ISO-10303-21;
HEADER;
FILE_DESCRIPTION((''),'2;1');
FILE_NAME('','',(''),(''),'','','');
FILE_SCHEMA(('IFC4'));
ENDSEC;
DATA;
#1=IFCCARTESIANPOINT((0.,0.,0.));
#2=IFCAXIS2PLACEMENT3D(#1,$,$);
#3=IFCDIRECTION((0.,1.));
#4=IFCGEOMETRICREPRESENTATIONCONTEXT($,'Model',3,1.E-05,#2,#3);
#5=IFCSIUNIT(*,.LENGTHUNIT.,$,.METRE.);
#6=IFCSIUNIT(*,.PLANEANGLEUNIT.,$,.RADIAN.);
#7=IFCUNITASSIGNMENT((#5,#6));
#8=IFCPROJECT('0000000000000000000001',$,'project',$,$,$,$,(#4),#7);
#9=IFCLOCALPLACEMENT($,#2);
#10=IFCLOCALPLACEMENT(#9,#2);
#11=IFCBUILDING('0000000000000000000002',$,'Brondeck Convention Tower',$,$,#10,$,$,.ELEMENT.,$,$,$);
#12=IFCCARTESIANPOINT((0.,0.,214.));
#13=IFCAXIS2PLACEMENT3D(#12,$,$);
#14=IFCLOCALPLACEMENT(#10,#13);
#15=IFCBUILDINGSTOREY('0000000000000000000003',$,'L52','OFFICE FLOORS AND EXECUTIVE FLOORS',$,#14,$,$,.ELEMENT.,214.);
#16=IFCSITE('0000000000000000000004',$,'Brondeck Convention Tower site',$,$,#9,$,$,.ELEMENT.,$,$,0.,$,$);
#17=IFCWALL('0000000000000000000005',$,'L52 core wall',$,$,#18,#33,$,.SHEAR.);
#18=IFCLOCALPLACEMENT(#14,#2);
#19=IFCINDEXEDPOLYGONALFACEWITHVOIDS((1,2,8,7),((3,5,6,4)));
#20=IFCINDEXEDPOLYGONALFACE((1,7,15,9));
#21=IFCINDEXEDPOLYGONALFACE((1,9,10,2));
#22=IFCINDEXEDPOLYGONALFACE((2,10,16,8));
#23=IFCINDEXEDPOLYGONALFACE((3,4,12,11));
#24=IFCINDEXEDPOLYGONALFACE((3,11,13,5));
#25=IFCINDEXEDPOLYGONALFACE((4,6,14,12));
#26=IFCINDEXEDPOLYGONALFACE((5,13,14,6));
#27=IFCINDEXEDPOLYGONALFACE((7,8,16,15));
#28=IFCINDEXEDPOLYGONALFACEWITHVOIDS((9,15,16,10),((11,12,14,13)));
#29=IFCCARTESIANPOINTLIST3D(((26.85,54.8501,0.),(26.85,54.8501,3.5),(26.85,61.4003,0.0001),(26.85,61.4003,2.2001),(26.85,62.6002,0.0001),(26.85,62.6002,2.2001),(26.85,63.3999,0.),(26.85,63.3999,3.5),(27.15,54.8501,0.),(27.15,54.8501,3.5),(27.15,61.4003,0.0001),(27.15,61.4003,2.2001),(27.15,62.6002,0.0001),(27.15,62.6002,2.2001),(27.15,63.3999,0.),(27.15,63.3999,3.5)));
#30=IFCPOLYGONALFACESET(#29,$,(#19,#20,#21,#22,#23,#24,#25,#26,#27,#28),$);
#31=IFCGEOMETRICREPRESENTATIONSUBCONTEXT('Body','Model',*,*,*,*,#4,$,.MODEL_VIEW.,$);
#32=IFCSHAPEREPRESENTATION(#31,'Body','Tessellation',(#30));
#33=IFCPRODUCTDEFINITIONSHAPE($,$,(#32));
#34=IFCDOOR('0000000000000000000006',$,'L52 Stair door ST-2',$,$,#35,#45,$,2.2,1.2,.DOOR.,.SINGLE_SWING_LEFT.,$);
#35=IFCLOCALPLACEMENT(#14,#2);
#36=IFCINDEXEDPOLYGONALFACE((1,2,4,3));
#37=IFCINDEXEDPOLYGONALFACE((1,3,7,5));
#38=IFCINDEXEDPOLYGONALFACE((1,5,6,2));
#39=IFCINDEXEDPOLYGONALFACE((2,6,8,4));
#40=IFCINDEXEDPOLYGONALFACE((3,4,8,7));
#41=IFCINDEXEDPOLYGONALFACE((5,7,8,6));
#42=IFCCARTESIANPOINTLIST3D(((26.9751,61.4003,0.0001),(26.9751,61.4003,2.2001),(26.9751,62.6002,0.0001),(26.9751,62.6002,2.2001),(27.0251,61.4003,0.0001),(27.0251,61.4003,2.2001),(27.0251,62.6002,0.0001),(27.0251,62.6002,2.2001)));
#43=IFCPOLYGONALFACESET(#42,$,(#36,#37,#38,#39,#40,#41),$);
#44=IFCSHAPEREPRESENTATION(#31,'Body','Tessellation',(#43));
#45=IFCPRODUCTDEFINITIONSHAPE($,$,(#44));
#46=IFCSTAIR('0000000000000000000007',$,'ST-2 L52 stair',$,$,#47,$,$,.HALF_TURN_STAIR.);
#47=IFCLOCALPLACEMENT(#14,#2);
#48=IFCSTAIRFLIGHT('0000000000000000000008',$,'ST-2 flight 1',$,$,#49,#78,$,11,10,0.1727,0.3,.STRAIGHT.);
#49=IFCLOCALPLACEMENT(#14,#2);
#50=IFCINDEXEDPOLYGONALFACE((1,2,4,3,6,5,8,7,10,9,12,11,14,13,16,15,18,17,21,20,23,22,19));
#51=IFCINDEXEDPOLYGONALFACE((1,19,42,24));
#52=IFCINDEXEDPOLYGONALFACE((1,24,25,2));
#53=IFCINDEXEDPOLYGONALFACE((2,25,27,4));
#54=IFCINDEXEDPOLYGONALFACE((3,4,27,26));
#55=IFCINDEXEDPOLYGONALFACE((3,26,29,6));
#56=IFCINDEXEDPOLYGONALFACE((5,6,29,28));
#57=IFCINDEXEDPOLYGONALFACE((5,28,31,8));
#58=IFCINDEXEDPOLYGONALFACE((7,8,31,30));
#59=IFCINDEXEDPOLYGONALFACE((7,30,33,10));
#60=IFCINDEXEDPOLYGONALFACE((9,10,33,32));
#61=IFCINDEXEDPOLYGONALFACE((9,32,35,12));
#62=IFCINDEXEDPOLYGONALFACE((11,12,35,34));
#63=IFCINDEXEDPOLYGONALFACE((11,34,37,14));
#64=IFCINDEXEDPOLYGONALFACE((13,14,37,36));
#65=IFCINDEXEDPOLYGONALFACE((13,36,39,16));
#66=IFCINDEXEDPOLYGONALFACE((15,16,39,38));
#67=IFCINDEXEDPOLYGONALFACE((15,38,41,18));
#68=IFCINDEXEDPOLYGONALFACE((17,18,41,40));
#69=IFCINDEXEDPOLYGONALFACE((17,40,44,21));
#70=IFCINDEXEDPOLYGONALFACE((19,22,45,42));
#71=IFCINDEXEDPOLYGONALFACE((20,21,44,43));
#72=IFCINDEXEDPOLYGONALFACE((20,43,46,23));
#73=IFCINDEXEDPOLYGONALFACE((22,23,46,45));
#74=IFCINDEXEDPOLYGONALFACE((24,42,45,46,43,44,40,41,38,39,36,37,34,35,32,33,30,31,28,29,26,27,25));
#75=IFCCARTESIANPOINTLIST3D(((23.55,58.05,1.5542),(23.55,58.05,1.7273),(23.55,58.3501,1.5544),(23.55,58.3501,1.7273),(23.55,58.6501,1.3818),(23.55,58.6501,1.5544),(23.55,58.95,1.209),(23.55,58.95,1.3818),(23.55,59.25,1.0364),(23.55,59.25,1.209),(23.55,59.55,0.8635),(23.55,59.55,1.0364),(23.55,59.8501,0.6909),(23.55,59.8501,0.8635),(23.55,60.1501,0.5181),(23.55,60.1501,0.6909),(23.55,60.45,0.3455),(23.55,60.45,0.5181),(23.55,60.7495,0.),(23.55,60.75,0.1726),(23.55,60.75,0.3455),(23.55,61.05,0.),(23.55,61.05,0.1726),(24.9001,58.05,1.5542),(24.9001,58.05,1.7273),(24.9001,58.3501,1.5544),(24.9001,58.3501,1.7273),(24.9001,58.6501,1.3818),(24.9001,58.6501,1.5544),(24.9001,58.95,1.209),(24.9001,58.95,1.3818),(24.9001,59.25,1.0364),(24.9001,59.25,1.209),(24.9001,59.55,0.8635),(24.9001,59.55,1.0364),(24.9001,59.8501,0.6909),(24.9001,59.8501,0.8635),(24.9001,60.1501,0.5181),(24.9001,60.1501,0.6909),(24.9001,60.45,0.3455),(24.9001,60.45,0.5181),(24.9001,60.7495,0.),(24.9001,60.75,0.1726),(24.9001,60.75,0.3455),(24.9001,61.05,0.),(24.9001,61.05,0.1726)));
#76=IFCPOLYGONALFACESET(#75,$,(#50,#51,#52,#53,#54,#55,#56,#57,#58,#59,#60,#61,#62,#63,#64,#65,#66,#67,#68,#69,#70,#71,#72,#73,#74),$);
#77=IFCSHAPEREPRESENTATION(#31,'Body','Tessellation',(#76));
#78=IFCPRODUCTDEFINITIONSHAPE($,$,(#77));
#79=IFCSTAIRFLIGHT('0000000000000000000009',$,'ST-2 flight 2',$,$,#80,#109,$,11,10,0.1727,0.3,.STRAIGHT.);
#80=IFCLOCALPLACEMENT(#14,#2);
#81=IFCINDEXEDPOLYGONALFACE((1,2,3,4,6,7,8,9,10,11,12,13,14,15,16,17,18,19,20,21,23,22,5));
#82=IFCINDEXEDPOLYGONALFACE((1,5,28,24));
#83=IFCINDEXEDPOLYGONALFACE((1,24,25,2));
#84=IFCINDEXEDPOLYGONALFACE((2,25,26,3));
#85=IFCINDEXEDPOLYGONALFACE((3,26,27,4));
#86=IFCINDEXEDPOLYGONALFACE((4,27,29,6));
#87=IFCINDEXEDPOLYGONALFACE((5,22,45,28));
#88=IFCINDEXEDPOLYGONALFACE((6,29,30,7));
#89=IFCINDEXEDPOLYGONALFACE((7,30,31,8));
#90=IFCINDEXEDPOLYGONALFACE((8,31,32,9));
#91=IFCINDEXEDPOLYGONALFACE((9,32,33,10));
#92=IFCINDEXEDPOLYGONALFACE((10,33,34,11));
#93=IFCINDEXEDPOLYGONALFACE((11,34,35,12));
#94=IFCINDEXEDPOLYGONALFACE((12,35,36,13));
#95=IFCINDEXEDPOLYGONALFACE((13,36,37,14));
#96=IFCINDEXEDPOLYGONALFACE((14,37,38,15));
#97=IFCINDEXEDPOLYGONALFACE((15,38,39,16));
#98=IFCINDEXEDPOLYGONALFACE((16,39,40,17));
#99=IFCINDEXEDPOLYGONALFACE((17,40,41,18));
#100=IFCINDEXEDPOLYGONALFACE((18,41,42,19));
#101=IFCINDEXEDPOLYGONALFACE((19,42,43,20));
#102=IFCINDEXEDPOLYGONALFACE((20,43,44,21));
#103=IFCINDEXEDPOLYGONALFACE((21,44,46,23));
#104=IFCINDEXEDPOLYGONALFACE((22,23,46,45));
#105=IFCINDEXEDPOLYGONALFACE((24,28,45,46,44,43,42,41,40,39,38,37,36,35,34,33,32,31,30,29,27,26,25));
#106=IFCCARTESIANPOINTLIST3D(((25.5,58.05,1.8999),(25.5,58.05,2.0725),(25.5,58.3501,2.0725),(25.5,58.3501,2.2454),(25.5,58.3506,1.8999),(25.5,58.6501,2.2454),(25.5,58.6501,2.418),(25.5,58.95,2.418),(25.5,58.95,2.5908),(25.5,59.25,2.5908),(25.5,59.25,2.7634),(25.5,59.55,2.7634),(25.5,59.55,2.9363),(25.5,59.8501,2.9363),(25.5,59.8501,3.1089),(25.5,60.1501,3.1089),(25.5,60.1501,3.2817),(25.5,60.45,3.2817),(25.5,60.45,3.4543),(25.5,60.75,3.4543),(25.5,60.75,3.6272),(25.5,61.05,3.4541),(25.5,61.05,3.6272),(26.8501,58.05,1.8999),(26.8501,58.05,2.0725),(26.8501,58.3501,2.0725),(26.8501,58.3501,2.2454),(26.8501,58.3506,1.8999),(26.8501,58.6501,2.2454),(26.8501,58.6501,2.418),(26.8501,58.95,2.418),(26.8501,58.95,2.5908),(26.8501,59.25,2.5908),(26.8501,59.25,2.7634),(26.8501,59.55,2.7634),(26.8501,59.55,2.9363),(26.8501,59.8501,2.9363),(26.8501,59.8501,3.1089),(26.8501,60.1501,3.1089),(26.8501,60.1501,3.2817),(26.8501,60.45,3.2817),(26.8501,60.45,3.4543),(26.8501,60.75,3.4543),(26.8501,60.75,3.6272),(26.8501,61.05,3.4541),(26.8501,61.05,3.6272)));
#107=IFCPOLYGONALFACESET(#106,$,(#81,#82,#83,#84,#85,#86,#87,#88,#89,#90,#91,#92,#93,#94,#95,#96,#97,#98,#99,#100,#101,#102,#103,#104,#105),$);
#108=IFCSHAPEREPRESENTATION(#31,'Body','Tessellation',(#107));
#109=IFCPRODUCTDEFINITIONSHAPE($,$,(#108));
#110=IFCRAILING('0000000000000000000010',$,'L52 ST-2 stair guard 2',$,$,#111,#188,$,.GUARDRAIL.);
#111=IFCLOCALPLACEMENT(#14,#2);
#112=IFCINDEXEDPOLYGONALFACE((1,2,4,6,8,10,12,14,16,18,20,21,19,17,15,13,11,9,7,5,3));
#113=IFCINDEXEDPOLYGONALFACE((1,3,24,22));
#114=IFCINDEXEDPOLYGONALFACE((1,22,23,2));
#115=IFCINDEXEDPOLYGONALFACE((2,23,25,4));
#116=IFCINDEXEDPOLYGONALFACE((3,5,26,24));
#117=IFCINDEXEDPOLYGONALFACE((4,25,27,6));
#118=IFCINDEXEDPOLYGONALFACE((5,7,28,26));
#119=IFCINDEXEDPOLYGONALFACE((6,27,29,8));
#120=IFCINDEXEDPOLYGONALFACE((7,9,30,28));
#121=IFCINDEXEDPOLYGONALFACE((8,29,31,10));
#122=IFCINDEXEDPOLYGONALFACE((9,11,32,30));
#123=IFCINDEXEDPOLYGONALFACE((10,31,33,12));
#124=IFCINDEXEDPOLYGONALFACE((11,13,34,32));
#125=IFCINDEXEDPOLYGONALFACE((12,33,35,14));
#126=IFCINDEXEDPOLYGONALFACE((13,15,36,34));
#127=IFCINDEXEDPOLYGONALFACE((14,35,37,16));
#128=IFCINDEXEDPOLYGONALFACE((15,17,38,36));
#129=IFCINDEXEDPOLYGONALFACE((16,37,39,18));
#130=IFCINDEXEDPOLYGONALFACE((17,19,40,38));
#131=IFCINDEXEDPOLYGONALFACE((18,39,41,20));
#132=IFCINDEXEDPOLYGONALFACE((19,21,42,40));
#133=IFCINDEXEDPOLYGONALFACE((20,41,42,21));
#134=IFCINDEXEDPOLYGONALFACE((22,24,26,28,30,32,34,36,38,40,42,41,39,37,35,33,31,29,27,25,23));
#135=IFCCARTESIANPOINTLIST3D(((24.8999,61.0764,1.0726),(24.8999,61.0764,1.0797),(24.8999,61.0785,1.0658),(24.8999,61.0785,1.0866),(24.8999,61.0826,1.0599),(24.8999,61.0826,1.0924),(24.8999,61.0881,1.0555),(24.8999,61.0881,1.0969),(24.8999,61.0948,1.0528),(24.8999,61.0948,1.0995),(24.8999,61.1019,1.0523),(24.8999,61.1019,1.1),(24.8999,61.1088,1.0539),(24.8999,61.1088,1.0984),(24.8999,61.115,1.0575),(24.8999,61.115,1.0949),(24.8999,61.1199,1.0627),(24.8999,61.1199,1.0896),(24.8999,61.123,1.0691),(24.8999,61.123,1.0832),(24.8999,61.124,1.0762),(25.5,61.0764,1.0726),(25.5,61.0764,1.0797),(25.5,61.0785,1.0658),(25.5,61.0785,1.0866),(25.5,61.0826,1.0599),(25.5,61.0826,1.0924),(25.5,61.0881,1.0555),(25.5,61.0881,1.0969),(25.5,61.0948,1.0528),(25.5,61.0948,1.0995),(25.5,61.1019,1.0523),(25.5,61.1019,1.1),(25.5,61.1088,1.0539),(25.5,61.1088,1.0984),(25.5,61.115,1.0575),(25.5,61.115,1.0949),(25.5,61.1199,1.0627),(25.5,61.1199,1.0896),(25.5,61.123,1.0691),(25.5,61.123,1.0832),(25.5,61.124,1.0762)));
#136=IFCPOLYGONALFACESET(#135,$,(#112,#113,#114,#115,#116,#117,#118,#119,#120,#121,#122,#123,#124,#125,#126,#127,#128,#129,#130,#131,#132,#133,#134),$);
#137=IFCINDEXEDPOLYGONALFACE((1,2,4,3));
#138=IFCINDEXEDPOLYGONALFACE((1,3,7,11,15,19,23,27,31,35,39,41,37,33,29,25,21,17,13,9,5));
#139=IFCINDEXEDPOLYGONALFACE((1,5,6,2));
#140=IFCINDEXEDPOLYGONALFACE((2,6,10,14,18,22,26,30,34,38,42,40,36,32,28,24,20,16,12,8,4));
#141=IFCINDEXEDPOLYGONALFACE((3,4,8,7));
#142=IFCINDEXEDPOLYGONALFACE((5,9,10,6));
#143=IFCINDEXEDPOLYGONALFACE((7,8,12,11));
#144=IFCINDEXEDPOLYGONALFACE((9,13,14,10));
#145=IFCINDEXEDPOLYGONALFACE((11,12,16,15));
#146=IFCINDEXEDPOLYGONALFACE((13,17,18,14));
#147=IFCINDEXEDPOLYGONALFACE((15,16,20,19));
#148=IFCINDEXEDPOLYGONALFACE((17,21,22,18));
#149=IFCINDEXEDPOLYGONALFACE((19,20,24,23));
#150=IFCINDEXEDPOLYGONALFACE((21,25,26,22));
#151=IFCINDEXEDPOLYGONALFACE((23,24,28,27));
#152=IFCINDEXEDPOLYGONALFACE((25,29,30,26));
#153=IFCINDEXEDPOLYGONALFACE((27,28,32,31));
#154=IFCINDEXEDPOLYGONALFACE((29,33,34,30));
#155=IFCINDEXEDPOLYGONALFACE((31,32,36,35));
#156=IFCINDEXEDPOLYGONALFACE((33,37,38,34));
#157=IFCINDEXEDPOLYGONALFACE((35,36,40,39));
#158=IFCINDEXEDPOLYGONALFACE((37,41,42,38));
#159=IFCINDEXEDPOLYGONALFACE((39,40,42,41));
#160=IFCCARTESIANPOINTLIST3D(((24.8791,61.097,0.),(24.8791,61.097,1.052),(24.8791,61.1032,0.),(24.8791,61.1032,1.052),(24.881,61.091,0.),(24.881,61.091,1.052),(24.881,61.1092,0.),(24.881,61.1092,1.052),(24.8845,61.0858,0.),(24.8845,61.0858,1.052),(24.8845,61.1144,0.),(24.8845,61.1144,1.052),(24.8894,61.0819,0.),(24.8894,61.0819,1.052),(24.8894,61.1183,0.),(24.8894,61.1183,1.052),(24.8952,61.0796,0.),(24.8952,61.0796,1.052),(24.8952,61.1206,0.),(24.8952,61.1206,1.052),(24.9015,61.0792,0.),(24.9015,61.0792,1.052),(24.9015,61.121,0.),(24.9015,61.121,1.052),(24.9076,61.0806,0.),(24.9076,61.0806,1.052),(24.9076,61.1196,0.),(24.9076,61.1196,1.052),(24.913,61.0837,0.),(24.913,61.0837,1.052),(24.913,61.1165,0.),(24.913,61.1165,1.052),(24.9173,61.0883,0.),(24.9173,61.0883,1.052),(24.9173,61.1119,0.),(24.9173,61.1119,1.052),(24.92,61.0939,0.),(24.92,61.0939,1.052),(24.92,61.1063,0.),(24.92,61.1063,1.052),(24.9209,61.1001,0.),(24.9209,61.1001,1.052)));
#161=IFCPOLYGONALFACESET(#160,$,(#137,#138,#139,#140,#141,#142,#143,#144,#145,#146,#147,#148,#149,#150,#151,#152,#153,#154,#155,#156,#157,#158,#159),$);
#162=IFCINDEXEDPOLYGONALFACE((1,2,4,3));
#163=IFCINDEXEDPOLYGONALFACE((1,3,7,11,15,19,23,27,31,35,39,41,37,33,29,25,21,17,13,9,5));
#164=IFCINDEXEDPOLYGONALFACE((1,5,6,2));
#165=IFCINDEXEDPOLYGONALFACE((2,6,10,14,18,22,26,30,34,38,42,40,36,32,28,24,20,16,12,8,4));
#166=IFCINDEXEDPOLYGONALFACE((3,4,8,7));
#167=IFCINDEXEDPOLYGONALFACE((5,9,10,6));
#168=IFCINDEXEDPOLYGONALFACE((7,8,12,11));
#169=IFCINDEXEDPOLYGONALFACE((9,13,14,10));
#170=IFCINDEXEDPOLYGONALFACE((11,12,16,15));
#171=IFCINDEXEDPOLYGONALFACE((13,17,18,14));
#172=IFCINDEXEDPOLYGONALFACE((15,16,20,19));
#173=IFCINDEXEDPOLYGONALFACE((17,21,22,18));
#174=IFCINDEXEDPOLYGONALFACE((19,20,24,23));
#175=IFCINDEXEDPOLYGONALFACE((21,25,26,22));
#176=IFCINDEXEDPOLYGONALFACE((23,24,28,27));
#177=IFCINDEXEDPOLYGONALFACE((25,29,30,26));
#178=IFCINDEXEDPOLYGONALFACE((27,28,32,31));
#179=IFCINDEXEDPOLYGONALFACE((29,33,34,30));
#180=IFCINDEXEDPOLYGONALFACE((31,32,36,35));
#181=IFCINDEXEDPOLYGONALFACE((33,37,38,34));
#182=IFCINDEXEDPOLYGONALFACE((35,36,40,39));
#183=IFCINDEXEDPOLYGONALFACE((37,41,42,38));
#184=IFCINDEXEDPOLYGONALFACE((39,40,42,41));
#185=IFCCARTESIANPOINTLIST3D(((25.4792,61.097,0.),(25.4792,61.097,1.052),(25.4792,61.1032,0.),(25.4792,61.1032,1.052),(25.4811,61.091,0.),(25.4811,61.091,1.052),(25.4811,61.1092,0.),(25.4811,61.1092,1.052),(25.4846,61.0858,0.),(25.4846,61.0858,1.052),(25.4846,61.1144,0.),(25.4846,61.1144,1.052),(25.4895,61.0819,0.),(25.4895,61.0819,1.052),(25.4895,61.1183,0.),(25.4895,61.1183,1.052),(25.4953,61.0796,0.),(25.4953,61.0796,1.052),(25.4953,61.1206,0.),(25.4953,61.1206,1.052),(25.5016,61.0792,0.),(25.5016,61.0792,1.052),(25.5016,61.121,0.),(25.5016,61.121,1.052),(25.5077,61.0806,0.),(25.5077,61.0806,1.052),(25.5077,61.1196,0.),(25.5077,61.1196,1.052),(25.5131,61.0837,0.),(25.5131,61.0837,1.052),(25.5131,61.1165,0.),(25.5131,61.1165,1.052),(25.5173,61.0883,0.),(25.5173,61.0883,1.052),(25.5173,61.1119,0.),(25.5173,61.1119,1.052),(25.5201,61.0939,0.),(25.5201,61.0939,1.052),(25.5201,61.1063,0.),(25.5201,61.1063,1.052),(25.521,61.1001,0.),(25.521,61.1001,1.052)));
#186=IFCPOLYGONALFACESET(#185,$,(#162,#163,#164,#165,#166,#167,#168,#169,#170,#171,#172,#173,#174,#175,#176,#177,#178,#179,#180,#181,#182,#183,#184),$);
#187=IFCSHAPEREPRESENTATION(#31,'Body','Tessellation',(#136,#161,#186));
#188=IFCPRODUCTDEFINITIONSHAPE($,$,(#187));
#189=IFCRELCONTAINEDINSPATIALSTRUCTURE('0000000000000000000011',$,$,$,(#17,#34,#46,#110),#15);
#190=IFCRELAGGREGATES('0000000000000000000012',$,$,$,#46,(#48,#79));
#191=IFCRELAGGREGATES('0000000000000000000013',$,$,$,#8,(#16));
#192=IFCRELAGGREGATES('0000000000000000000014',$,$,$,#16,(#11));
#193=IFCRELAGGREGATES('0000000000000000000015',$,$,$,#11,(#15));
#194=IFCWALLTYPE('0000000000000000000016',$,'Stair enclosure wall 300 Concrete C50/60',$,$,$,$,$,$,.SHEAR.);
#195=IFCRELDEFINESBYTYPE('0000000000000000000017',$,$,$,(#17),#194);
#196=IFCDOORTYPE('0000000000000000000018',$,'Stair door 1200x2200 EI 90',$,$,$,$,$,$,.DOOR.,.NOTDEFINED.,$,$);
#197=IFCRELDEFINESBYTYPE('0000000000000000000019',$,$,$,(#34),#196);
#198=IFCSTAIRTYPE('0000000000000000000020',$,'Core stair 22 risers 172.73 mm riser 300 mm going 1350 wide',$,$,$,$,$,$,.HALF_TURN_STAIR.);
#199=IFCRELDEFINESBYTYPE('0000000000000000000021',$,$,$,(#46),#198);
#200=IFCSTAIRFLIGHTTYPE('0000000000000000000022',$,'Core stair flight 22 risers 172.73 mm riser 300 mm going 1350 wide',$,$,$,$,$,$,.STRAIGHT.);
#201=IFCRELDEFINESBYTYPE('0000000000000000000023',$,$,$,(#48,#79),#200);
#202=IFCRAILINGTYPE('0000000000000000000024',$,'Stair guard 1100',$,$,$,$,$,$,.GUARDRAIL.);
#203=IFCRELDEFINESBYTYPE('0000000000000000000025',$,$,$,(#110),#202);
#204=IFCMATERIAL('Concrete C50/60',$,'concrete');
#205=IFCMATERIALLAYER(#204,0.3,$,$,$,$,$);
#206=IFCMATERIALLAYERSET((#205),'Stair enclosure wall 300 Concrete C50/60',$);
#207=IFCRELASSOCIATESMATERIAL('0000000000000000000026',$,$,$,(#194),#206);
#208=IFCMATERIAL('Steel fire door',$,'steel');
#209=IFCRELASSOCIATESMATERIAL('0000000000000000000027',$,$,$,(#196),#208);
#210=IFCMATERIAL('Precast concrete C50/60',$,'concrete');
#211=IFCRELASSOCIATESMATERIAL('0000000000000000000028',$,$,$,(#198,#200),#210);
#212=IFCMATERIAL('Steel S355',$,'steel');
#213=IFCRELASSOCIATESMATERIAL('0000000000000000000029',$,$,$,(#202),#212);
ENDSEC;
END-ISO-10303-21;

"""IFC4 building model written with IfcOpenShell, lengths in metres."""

from ifc_helpers import new_model, si_unit, direction, frame, frame_2d, origin, origin_2d, place, context, subcontext, project, spatial, polyline, rectangle, circle, outline, extrude, material, layer, layer_set, type_object, element, fill, aggregate, save


model = new_model("IFC4")

# Units and contexts
model_context = context("Model", 3, precision=1e-05, world=origin(), true_north=direction((0.0, 1.0)))
body_context = subcontext(model_context, "Body", "Model", "MODEL_VIEW")
ifc_project = project(units=[si_unit("LENGTHUNIT", "METRE"), si_unit("PLANEANGLEUNIT", "RADIAN")], contexts=[model_context])

# Site, building, storey
site_placement = place(None, origin())
site = spatial("IfcSite", under=ifc_project, at=site_placement, Name="Brondeck Convention Tower site", CompositionType="ELEMENT", RefElevation=0.0)
building_placement = place(site_placement, origin())
building = spatial("IfcBuilding", under=site, at=building_placement, Name="Brondeck Convention Tower", CompositionType="ELEMENT")
storey_placement = place(building_placement, frame((0.0, 0.0, 214.0)))
storey = spatial("IfcBuildingStorey", under=building, at=storey_placement, Name="L52", Description="OFFICE FLOORS AND EXECUTIVE FLOORS", CompositionType="ELEMENT", Elevation=214.0)

# Shared definitions
ifc_material_1 = material(Name="Concrete C50/60", Category="concrete")

# Shared definitions
ifc_material_2 = material(Name="Steel fire door", Category="steel")

# Shared definitions
ifc_layer_1 = layer(ifc_material_1, 0.3)
ifc_layer_set_1 = layer_set([ifc_layer_1], Name="Stair enclosure wall 300 Concrete C50/60")
wall_type_1 = type_object("IfcWallType", Name="Stair enclosure wall 300 Concrete C50/60", PredefinedType="SHEAR", material=ifc_layer_set_1)

# Wall, opening, door
wall_1_placement = place(storey_placement, frame((27.0, 54.8501, 0.0), z_axis=(0.0, 0.0, 1.0), x_axis=(0.0, 1.0, 0.0)))
wall_1 = element("IfcWall", 1, at=wall_1_placement, inside=storey, type_object=wall_type_1, Name="L52 core wall", PredefinedType="SHEAR", context=body_context, shape_type="SweptSolid", body=[
    extrude(rectangle(XDim=8.5498, YDim=0.3, at=frame_2d((4.2749, 0.0))), origin(), (0.0, 0.0, 1.0), 3.5),
])
opening_1_placement = place(wall_1_placement, frame((6.55, 0.0, 0.0)))
opening_1 = element("IfcOpeningElement", 2, at=opening_1_placement, cuts=wall_1, PredefinedType="OPENING", context=body_context, shape_type="SweptSolid", body=[
    extrude(rectangle(XDim=1.2, YDim=2.2, at=frame_2d((0.6001, 1.1001))), frame((0.0, 0.1599, 0.0), z_axis=(0.0, -1.0, 0.0), x_axis=(1.0, 0.0, 0.0)), (0.0, 0.0, 1.0), 0.3201),
])
door_type_1 = type_object("IfcDoorType", Name="Stair door 1200x2200 EI 90", OperationType="NOTDEFINED", PredefinedType="DOOR", material=ifc_material_2)
door_1_placement = place(opening_1_placement, origin())
door_1 = element("IfcDoor", 3, at=door_1_placement, inside=storey, type_object=door_type_1, Name="L52 Stair door ST-2", OperationType="SINGLE_SWING_LEFT", OverallHeight=2.2, OverallWidth=1.2, PredefinedType="DOOR", context=body_context, shape_type="SweptSolid", body=[
    extrude(rectangle(XDim=1.2, YDim=2.2, at=frame_2d((0.6001, 1.1001))), frame((0.0, 0.0249, 0.0), z_axis=(0.0, -1.0, 0.0), x_axis=(1.0, 0.0, 0.0)), (0.0, 0.0, 1.0), 0.05),
])
fill(opening_1, door_1)

# Stair, stair flights
ifc_material_3 = material(Name="Precast concrete C50/60", Category="concrete")
stair_type = type_object("IfcStairType", Name="Core stair 22 risers 172.73 mm riser 300 mm going 1350 wide", PredefinedType="HALF_TURN_STAIR", material=ifc_material_3)
stair_placement = place(storey_placement, origin())
stair = element("IfcStair", 4, at=stair_placement, inside=storey, type_object=stair_type, Name="ST-2 L52 stair", PredefinedType="HALF_TURN_STAIR")
stair_flight_type = type_object("IfcStairFlightType", Name="Core stair flight 22 risers 172.73 mm riser 300 mm going 1350 wide", PredefinedType="STRAIGHT", material=ifc_material_3)
stair_flight_1_placement = place(storey_placement, frame((24.2251, 61.05, 0.0), z_axis=(0.0, 0.0, 1.0), x_axis=(0.0, -1.0, 0.0)))
stair_flight_1 = element("IfcStairFlight", 5, at=stair_flight_1_placement, type_object=stair_flight_type, Name="ST-2 flight 1", NumberOfRisers=11, NumberOfTreads=10, PredefinedType="STRAIGHT", RiserHeight=0.1727, TreadLength=0.3, context=body_context, shape_type="SweptSolid", body=[
    extrude(outline(polyline([(0.0, 0.0), (0.0, 0.1726), (0.3, 0.1726), (0.3, 0.3455), (0.6001, 0.3455), (0.6001, 0.5181), (0.8999, 0.5181), (0.8999, 0.6909), (1.2, 0.6909), (1.2, 0.8635), (1.5, 0.8635), (1.5, 1.0364), (1.8, 1.0364), (1.8, 1.209), (2.1001, 1.209), (2.1001, 1.3818), (2.3999, 1.3818), (2.3999, 1.5544), (2.7, 1.5544), (2.7, 1.7273), (3.0, 1.7273), (3.0, 1.8999), (3.0, 1.5542), (0.3005, 0.0), (0.0, 0.0)])), frame((0.0, 0.675, 0.0), z_axis=(0.0, -1.0, 0.0), x_axis=(1.0, 0.0, 0.0)), (0.0, 0.0, 1.0), 1.3501),
])
stair_flight_2_placement = place(storey_placement, frame((26.175, 58.05, 1.8999), z_axis=(0.0, 0.0, 1.0), x_axis=(0.0, 1.0, 0.0)))
stair_flight_2 = element("IfcStairFlight", 6, at=stair_flight_2_placement, type_object=stair_flight_type, Name="ST-2 flight 2", NumberOfRisers=11, NumberOfTreads=10, PredefinedType="STRAIGHT", RiserHeight=0.1727, TreadLength=0.3, context=body_context, shape_type="SweptSolid", body=[
    extrude(outline(polyline([(0.0, 0.0), (0.0, 0.1726), (0.3, 0.1726), (0.3, 0.3455), (0.6001, 0.3455), (0.6001, 0.5181), (0.8999, 0.5181), (0.8999, 0.6909), (1.2, 0.6909), (1.2, 0.8635), (1.5, 0.8635), (1.5, 1.0364), (1.8, 1.0364), (1.8, 1.209), (2.1001, 1.209), (2.1001, 1.3818), (2.3999, 1.3818), (2.3999, 1.5544), (2.7, 1.5544), (2.7, 1.7273), (3.0, 1.7273), (3.0, 1.8999), (3.0, 1.5542), (0.3005, 0.0), (0.0, 0.0)])), frame((0.0, 0.675, 0.0), z_axis=(0.0, -1.0, 0.0), x_axis=(1.0, 0.0, 0.0)), (0.0, 0.0, 1.0), 1.3501),
])
aggregate(stair, [stair_flight_1, stair_flight_2])

# Railing
ifc_material_4 = material(Name="Steel S355", Category="steel")
railing_type_1 = type_object("IfcRailingType", Name="Stair guard 1100", PredefinedType="GUARDRAIL", material=ifc_material_4)
railing_1_placement = place(storey_placement, frame((24.8999, 61.1001, 0.0)))
element("IfcRailing", 7, at=railing_1_placement, inside=storey, type_object=railing_type_1, Name="L52 ST-2 stair guard 2", PredefinedType="GUARDRAIL", context=body_context, shape_type="SweptSolid", body=[
    extrude(circle(Radius=0.0239, at=origin_2d()), frame((0.0, 0.0, 1.0762), z_axis=(1.0, 0.0, 0.0), x_axis=(0.0, 1.0, 0.0)), (0.0, 0.0, 1.0), 0.6001),
    extrude(circle(Radius=0.021, at=origin_2d()), origin(), (0.0, 0.0, 1.0), 1.052),
    extrude(circle(Radius=0.021, at=origin_2d()), frame((0.6001, 0.0, 0.0)), (0.0, 0.0, 1.0), 1.052),
])

save(model, "model.ifc")
